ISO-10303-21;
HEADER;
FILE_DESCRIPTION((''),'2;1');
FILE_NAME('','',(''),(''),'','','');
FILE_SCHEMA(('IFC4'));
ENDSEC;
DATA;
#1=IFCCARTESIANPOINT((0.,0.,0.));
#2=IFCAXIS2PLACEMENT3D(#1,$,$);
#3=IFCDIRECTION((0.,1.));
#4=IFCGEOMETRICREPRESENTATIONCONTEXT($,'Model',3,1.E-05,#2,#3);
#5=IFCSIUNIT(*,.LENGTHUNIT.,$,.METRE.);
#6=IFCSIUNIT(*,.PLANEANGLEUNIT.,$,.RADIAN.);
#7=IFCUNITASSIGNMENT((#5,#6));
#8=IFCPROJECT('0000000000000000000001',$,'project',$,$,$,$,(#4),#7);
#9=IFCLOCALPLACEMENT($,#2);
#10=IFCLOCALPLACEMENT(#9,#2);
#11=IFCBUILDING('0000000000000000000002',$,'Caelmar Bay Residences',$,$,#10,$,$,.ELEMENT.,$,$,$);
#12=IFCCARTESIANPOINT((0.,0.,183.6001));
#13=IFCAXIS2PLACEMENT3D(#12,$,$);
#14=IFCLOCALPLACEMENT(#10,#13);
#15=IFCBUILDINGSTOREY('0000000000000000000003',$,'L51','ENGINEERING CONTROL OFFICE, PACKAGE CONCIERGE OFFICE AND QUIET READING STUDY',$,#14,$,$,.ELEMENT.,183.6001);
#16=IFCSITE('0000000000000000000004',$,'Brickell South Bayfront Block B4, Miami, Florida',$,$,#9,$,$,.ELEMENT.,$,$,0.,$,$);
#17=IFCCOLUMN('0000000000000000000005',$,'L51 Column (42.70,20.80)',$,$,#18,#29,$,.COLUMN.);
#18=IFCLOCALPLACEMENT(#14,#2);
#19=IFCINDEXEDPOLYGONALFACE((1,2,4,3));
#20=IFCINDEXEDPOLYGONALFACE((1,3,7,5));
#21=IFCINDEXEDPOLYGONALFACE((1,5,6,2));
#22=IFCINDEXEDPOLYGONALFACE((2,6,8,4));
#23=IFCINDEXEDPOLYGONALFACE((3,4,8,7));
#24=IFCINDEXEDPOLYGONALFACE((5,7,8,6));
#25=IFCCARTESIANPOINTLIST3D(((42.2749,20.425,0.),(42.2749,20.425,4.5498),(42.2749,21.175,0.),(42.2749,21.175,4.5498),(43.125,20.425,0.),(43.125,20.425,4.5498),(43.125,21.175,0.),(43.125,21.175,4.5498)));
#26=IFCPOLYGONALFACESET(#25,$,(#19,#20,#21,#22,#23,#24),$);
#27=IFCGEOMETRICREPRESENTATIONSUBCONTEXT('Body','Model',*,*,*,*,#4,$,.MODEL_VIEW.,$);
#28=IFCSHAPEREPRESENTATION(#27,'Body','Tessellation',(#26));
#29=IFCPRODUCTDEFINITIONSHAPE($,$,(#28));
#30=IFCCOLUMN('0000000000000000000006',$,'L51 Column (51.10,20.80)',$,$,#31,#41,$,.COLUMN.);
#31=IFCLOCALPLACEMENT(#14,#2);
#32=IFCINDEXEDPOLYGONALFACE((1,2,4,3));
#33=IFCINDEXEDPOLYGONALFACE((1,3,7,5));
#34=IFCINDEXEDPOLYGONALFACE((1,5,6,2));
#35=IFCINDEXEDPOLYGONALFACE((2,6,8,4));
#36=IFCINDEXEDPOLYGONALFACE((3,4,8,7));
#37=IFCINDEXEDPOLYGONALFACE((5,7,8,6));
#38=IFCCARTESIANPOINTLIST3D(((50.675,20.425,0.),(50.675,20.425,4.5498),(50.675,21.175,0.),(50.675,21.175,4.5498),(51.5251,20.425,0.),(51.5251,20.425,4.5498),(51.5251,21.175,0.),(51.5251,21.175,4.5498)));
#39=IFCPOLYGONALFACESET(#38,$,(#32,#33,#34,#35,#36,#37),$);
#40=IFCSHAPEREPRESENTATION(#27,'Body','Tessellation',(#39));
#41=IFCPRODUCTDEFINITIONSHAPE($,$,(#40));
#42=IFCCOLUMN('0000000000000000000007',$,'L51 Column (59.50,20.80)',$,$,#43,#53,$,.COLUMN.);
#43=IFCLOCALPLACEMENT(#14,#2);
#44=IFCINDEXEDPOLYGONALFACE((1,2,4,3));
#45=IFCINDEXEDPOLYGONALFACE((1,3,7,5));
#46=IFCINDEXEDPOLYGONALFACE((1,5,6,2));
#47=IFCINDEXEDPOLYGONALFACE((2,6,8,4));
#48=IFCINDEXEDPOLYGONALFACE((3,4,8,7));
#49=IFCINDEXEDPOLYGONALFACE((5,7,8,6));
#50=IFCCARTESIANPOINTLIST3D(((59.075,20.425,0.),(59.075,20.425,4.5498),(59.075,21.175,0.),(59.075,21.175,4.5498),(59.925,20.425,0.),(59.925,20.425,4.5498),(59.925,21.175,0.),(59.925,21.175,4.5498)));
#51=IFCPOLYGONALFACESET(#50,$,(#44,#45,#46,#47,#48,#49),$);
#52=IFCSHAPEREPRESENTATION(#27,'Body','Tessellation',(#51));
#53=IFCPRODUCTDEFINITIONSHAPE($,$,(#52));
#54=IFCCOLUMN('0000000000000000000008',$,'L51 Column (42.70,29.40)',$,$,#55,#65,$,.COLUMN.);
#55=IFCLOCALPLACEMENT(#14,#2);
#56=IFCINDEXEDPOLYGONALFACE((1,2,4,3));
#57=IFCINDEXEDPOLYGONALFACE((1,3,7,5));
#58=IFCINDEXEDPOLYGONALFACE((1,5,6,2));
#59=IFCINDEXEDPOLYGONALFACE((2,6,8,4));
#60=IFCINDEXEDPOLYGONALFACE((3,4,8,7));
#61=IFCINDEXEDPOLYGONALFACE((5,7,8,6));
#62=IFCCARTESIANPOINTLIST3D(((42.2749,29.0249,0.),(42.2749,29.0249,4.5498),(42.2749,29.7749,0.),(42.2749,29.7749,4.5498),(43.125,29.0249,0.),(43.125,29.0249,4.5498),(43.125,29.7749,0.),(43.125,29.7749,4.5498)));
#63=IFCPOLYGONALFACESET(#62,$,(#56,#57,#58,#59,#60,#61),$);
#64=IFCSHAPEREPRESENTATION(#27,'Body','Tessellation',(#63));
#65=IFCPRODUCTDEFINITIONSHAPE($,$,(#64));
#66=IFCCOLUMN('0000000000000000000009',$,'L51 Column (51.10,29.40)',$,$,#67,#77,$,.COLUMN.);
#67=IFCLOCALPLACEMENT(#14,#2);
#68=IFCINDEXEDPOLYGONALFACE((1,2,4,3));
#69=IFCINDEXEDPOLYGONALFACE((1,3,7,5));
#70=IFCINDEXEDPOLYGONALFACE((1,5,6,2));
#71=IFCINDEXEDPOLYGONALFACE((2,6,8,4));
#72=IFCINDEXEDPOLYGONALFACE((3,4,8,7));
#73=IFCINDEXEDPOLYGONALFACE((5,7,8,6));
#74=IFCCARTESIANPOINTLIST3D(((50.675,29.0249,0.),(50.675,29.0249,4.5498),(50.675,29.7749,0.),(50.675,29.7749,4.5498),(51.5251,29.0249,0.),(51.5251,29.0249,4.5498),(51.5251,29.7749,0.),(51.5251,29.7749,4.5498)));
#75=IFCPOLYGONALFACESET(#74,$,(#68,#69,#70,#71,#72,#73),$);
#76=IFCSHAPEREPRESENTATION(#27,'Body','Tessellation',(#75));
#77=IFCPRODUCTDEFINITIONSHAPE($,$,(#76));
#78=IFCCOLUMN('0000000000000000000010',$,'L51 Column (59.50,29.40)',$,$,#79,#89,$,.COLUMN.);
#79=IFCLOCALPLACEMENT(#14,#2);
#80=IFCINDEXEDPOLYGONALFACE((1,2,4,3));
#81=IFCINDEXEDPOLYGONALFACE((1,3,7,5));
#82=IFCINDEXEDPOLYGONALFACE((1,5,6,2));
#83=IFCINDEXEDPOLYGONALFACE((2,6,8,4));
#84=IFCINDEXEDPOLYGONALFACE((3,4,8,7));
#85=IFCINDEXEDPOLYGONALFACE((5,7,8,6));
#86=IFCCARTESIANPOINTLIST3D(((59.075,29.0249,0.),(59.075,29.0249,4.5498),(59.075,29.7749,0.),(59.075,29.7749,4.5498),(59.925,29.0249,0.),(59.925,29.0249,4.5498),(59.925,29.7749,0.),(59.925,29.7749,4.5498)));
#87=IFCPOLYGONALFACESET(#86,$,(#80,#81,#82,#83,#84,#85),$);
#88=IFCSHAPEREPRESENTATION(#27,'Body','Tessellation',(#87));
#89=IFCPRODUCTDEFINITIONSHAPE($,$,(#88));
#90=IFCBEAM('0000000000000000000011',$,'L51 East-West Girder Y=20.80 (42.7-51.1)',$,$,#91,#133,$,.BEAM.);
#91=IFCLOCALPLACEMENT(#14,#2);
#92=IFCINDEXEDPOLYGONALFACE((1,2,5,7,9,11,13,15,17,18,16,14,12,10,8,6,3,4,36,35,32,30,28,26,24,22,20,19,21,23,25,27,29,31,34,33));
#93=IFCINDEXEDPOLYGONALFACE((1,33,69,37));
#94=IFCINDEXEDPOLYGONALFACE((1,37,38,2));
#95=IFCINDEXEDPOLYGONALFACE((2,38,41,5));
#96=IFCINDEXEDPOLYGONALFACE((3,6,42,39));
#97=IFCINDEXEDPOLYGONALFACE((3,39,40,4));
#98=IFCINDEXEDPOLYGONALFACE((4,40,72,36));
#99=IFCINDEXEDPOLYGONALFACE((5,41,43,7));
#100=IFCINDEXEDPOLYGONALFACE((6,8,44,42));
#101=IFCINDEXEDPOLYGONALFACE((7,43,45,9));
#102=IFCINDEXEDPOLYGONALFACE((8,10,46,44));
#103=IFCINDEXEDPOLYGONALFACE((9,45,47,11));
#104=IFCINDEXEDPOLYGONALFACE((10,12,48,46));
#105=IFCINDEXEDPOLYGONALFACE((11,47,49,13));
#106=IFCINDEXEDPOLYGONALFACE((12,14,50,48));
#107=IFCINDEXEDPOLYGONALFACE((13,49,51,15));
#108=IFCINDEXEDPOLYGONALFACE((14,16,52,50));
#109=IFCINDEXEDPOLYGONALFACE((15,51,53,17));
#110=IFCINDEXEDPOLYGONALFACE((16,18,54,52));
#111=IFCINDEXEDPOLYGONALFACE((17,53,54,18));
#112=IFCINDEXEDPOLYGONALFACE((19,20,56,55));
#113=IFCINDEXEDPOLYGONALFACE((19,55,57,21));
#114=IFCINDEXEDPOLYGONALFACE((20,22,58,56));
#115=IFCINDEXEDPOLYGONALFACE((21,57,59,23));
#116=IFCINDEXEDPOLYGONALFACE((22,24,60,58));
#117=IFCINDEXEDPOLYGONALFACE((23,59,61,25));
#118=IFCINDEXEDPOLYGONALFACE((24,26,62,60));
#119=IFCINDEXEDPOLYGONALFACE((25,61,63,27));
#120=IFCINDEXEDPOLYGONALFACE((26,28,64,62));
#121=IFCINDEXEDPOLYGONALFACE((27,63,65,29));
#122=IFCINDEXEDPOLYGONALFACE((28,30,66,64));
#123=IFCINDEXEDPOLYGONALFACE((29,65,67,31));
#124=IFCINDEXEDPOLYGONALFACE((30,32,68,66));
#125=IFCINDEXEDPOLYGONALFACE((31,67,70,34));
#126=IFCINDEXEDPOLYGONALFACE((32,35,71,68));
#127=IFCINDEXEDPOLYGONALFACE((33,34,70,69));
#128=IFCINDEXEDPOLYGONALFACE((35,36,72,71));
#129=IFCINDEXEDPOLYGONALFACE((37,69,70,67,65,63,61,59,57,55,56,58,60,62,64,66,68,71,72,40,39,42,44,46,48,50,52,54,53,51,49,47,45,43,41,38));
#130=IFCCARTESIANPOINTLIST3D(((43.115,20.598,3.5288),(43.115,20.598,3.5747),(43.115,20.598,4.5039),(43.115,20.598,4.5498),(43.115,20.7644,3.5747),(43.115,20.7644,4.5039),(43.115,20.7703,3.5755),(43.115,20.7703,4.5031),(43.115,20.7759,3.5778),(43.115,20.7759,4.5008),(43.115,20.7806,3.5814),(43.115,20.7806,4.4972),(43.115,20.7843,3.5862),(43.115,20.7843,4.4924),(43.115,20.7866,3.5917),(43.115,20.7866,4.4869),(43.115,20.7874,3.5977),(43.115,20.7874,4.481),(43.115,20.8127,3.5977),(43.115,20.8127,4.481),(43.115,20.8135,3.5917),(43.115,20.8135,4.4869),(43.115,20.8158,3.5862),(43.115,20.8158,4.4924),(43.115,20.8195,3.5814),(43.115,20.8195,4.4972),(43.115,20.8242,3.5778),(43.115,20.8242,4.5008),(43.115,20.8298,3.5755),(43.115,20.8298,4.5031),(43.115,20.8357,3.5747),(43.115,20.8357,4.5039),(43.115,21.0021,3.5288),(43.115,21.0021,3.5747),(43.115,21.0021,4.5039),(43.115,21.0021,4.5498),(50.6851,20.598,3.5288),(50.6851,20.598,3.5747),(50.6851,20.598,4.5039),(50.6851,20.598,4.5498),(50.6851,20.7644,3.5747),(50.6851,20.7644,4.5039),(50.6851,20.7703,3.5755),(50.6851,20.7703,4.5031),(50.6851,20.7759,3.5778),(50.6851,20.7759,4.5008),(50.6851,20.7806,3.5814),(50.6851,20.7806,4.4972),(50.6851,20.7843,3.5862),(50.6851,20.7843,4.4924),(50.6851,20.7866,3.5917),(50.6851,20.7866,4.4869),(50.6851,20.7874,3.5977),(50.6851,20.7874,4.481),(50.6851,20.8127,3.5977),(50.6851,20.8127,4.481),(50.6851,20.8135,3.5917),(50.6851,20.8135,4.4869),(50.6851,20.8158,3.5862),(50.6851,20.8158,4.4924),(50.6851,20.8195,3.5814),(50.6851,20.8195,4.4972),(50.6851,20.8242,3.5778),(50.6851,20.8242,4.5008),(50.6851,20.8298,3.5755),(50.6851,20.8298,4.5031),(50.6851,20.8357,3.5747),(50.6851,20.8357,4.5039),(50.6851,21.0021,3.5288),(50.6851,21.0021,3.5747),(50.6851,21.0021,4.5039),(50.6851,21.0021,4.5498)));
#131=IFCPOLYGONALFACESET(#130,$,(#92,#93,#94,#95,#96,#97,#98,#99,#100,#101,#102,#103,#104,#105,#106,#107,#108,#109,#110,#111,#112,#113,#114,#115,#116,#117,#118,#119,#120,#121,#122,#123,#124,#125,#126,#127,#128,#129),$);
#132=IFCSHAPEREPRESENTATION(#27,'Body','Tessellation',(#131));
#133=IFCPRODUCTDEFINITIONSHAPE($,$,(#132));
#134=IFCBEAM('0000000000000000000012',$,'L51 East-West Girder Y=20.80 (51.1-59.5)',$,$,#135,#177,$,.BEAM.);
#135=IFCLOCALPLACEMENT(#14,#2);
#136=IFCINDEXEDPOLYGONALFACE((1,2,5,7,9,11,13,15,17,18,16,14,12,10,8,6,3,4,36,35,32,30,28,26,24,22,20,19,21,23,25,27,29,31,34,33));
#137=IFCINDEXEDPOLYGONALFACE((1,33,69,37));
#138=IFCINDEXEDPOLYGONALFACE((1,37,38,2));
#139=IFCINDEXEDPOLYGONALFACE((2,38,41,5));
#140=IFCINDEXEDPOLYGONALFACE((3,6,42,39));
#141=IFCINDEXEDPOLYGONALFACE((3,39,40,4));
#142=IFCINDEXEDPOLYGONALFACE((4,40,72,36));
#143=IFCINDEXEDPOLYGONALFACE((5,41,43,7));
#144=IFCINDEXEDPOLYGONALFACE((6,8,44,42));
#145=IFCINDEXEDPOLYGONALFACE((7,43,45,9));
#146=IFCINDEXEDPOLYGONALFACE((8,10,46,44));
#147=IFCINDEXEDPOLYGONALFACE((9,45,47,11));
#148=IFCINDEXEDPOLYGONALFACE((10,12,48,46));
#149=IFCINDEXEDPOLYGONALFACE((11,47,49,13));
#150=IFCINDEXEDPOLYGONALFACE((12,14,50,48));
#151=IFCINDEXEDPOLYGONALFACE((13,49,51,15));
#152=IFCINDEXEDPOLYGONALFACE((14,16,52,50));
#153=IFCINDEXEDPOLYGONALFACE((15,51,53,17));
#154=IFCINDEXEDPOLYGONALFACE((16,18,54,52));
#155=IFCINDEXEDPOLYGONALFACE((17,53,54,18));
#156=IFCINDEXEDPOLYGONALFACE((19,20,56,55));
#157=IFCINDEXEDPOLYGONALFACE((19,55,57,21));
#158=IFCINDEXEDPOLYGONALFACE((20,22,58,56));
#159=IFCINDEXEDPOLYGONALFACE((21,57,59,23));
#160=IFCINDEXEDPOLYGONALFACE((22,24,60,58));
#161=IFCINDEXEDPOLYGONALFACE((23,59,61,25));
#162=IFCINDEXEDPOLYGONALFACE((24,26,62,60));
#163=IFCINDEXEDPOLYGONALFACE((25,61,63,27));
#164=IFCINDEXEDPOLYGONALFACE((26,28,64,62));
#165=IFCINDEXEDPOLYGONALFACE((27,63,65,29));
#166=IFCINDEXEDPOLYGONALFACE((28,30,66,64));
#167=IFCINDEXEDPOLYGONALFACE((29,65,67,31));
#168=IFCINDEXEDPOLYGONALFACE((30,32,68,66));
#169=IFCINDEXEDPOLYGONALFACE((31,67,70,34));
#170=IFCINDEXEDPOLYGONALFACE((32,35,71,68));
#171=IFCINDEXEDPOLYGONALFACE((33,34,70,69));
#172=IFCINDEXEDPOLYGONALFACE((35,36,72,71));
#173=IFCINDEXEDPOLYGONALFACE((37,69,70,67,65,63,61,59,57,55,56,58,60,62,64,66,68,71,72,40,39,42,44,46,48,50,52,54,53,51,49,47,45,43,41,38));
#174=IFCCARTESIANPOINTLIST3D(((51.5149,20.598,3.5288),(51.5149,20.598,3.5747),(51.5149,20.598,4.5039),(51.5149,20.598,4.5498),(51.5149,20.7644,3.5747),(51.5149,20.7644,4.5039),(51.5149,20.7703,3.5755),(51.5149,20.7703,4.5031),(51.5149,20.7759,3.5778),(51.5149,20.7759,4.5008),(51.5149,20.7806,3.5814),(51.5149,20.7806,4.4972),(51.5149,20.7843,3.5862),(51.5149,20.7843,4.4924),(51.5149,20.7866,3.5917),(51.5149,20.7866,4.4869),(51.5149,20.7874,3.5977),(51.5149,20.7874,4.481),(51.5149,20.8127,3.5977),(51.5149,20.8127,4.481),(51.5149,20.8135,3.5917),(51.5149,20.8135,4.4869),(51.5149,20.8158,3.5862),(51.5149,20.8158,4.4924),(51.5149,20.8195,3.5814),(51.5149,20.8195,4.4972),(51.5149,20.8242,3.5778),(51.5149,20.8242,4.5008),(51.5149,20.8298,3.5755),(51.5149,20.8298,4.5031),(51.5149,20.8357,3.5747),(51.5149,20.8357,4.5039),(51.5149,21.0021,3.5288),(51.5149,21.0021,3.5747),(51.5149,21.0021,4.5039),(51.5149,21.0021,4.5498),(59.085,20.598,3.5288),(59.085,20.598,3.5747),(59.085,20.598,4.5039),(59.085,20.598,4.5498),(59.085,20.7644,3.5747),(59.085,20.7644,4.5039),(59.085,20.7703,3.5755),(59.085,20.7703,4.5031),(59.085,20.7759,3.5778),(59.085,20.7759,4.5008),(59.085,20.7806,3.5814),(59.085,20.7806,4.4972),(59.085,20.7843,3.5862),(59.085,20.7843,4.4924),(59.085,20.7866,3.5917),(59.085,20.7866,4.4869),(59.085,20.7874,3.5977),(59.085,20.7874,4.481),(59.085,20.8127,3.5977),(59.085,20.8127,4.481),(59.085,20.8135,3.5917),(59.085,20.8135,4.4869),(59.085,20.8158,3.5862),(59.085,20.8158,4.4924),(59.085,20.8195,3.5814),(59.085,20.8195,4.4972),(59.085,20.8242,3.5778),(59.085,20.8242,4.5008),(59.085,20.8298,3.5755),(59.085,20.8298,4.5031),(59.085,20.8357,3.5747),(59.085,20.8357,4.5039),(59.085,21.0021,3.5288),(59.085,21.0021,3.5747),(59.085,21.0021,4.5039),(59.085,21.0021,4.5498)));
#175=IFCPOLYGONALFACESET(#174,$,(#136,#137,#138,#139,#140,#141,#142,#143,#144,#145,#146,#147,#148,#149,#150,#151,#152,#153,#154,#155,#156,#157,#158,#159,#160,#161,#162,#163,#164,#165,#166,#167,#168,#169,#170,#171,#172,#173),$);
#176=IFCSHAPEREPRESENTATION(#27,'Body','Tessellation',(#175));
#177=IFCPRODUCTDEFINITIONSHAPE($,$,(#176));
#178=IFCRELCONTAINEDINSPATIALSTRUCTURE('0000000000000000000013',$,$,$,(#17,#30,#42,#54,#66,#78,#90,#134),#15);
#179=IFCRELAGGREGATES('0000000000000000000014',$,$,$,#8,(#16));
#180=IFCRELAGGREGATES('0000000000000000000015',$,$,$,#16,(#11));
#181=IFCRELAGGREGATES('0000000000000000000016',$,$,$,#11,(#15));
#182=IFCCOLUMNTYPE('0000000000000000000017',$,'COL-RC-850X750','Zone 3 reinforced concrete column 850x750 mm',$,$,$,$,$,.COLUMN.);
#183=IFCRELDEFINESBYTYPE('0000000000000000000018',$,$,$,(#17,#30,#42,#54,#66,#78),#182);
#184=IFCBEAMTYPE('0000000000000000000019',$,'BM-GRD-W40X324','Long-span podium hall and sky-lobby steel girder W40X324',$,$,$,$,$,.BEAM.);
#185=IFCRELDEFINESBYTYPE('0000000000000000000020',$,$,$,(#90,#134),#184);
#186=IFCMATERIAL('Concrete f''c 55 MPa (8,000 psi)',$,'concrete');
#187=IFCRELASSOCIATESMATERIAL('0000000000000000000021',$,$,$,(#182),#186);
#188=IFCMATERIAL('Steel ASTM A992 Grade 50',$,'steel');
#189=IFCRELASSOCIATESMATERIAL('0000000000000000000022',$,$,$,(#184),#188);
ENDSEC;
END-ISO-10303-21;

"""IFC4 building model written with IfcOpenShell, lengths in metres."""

from ifc_helpers import new_model, si_unit, direction, frame, origin, origin_2d, place, context, subcontext, project, spatial, rectangle, i_section, extrude, material, material_profile, profile_set, type_object, element, save


model = new_model("IFC4")

# Units and contexts
model_context = context("Model", 3, precision=1e-05, world=origin(), true_north=direction((0.0, 1.0)))
body_context = subcontext(model_context, "Body", "Model", "MODEL_VIEW")
ifc_project = project(units=[si_unit("LENGTHUNIT", "METRE"), si_unit("PLANEANGLEUNIT", "RADIAN")], contexts=[model_context])

# Site, building, storey
site_placement = place(None, origin())
site = spatial("IfcSite", under=ifc_project, at=site_placement, Name="Brickell South Bayfront Block B4, Miami, Florida", CompositionType="ELEMENT", RefElevation=0.0)
building_placement = place(site_placement, origin())
building = spatial("IfcBuilding", under=site, at=building_placement, Name="Caelmar Bay Residences", CompositionType="ELEMENT")
storey_placement = place(building_placement, frame((0.0, 0.0, 183.6001)))
storey = spatial("IfcBuildingStorey", under=building, at=storey_placement, Name="L51", Description="ENGINEERING CONTROL OFFICE, PACKAGE CONCIERGE OFFICE AND QUIET READING STUDY", CompositionType="ELEMENT", Elevation=183.6001)

# Columns
ifc_material_1 = material(Name="Concrete f'c 55 MPa (8,000 psi)", Category="concrete")
ifc_material_profile_1 = material_profile(ifc_material_1, rectangle(XDim=0.8501, YDim=0.75, at=origin_2d()), Name="RC-COL-850X750")
ifc_profile_set_1 = profile_set([ifc_material_profile_1], Name="Concrete f'c 55 MPa (8,000 psi)")
column_type = type_object("IfcColumnType", Name="COL-RC-850X750", Description="Zone 3 reinforced concrete column 850x750 mm", PredefinedType="COLUMN", material=ifc_profile_set_1)
for number, where, z_axis, x_axis, name in (
    (1, (42.7, 20.8, 0.0), (0.0, 0.0, 1.0), (1.0, 0.0, 0.0), "L51 Column (42.70,20.80)"),
    (2, (51.1001, 20.8, 0.0), (0.0, 0.0, 1.0), (1.0, 0.0, 0.0), "L51 Column (51.10,20.80)"),
    (3, (59.5, 20.8, 0.0), (0.0, 0.0, 1.0), (1.0, 0.0, 0.0), "L51 Column (59.50,20.80)"),
    (4, (42.7, 29.3999, 0.0), (0.0, 0.0, 1.0), (1.0, 0.0, 0.0), "L51 Column (42.70,29.40)"),
    (5, (51.1001, 29.3999, 0.0), (0.0, 0.0, 1.0), (1.0, 0.0, 0.0), "L51 Column (51.10,29.40)"),
    (6, (59.5, 29.3999, 0.0), (0.0, 0.0, 1.0), (1.0, 0.0, 0.0), "L51 Column (59.50,29.40)"),
):
    element("IfcColumn", number, at=place(storey_placement, frame(where, z_axis=z_axis, x_axis=x_axis)), inside=storey, type_object=column_type, Name=name, PredefinedType="COLUMN", context=body_context, shape_type="SweptSolid", body=[
        extrude(rectangle(XDim=0.8501, YDim=0.75, at=origin_2d()), origin(), (0.0, 0.0, 1.0), 4.5498),
    ])

# Beams
ifc_material_2 = material(Name="Steel ASTM A992 Grade 50", Category="steel")
ifc_material_profile_2 = material_profile(ifc_material_2, i_section(OverallWidth=0.4041, OverallDepth=1.021, WebThickness=0.0254, FlangeThickness=0.0459, FilletRadius=0.0229, at=origin_2d()), Name="W40X324")
ifc_profile_set_2 = profile_set([ifc_material_profile_2], Name="Steel ASTM A992 Grade 50")
beam_type_1 = type_object("IfcBeamType", Name="BM-GRD-W40X324", Description="Long-span podium hall and sky-lobby steel girder W40X324", PredefinedType="BEAM", material=ifc_profile_set_2)
for number, where, z_axis, x_axis, name in (
    (7, (43.115, 20.8, 4.0393), (1.0, 0.0, 0.0), (0.0, 1.0, 0.0), "L51 East-West Girder Y=20.80 (42.7-51.1)"),
    (8, (51.5149, 20.8, 4.0393), (1.0, 0.0, 0.0), (0.0, 1.0, 0.0), "L51 East-West Girder Y=20.80 (51.1-59.5)"),
):
    element("IfcBeam", number, at=place(storey_placement, frame(where, z_axis=z_axis, x_axis=x_axis)), inside=storey, type_object=beam_type_1, Name=name, PredefinedType="BEAM", context=body_context, shape_type="SweptSolid", body=[
        extrude(i_section(OverallWidth=0.4041, OverallDepth=1.021, WebThickness=0.0254, FlangeThickness=0.0459, FilletRadius=0.0229, at=origin_2d()), origin(), (0.0, 0.0, 1.0), 7.5701),
    ])

save(model, "model.ifc")
